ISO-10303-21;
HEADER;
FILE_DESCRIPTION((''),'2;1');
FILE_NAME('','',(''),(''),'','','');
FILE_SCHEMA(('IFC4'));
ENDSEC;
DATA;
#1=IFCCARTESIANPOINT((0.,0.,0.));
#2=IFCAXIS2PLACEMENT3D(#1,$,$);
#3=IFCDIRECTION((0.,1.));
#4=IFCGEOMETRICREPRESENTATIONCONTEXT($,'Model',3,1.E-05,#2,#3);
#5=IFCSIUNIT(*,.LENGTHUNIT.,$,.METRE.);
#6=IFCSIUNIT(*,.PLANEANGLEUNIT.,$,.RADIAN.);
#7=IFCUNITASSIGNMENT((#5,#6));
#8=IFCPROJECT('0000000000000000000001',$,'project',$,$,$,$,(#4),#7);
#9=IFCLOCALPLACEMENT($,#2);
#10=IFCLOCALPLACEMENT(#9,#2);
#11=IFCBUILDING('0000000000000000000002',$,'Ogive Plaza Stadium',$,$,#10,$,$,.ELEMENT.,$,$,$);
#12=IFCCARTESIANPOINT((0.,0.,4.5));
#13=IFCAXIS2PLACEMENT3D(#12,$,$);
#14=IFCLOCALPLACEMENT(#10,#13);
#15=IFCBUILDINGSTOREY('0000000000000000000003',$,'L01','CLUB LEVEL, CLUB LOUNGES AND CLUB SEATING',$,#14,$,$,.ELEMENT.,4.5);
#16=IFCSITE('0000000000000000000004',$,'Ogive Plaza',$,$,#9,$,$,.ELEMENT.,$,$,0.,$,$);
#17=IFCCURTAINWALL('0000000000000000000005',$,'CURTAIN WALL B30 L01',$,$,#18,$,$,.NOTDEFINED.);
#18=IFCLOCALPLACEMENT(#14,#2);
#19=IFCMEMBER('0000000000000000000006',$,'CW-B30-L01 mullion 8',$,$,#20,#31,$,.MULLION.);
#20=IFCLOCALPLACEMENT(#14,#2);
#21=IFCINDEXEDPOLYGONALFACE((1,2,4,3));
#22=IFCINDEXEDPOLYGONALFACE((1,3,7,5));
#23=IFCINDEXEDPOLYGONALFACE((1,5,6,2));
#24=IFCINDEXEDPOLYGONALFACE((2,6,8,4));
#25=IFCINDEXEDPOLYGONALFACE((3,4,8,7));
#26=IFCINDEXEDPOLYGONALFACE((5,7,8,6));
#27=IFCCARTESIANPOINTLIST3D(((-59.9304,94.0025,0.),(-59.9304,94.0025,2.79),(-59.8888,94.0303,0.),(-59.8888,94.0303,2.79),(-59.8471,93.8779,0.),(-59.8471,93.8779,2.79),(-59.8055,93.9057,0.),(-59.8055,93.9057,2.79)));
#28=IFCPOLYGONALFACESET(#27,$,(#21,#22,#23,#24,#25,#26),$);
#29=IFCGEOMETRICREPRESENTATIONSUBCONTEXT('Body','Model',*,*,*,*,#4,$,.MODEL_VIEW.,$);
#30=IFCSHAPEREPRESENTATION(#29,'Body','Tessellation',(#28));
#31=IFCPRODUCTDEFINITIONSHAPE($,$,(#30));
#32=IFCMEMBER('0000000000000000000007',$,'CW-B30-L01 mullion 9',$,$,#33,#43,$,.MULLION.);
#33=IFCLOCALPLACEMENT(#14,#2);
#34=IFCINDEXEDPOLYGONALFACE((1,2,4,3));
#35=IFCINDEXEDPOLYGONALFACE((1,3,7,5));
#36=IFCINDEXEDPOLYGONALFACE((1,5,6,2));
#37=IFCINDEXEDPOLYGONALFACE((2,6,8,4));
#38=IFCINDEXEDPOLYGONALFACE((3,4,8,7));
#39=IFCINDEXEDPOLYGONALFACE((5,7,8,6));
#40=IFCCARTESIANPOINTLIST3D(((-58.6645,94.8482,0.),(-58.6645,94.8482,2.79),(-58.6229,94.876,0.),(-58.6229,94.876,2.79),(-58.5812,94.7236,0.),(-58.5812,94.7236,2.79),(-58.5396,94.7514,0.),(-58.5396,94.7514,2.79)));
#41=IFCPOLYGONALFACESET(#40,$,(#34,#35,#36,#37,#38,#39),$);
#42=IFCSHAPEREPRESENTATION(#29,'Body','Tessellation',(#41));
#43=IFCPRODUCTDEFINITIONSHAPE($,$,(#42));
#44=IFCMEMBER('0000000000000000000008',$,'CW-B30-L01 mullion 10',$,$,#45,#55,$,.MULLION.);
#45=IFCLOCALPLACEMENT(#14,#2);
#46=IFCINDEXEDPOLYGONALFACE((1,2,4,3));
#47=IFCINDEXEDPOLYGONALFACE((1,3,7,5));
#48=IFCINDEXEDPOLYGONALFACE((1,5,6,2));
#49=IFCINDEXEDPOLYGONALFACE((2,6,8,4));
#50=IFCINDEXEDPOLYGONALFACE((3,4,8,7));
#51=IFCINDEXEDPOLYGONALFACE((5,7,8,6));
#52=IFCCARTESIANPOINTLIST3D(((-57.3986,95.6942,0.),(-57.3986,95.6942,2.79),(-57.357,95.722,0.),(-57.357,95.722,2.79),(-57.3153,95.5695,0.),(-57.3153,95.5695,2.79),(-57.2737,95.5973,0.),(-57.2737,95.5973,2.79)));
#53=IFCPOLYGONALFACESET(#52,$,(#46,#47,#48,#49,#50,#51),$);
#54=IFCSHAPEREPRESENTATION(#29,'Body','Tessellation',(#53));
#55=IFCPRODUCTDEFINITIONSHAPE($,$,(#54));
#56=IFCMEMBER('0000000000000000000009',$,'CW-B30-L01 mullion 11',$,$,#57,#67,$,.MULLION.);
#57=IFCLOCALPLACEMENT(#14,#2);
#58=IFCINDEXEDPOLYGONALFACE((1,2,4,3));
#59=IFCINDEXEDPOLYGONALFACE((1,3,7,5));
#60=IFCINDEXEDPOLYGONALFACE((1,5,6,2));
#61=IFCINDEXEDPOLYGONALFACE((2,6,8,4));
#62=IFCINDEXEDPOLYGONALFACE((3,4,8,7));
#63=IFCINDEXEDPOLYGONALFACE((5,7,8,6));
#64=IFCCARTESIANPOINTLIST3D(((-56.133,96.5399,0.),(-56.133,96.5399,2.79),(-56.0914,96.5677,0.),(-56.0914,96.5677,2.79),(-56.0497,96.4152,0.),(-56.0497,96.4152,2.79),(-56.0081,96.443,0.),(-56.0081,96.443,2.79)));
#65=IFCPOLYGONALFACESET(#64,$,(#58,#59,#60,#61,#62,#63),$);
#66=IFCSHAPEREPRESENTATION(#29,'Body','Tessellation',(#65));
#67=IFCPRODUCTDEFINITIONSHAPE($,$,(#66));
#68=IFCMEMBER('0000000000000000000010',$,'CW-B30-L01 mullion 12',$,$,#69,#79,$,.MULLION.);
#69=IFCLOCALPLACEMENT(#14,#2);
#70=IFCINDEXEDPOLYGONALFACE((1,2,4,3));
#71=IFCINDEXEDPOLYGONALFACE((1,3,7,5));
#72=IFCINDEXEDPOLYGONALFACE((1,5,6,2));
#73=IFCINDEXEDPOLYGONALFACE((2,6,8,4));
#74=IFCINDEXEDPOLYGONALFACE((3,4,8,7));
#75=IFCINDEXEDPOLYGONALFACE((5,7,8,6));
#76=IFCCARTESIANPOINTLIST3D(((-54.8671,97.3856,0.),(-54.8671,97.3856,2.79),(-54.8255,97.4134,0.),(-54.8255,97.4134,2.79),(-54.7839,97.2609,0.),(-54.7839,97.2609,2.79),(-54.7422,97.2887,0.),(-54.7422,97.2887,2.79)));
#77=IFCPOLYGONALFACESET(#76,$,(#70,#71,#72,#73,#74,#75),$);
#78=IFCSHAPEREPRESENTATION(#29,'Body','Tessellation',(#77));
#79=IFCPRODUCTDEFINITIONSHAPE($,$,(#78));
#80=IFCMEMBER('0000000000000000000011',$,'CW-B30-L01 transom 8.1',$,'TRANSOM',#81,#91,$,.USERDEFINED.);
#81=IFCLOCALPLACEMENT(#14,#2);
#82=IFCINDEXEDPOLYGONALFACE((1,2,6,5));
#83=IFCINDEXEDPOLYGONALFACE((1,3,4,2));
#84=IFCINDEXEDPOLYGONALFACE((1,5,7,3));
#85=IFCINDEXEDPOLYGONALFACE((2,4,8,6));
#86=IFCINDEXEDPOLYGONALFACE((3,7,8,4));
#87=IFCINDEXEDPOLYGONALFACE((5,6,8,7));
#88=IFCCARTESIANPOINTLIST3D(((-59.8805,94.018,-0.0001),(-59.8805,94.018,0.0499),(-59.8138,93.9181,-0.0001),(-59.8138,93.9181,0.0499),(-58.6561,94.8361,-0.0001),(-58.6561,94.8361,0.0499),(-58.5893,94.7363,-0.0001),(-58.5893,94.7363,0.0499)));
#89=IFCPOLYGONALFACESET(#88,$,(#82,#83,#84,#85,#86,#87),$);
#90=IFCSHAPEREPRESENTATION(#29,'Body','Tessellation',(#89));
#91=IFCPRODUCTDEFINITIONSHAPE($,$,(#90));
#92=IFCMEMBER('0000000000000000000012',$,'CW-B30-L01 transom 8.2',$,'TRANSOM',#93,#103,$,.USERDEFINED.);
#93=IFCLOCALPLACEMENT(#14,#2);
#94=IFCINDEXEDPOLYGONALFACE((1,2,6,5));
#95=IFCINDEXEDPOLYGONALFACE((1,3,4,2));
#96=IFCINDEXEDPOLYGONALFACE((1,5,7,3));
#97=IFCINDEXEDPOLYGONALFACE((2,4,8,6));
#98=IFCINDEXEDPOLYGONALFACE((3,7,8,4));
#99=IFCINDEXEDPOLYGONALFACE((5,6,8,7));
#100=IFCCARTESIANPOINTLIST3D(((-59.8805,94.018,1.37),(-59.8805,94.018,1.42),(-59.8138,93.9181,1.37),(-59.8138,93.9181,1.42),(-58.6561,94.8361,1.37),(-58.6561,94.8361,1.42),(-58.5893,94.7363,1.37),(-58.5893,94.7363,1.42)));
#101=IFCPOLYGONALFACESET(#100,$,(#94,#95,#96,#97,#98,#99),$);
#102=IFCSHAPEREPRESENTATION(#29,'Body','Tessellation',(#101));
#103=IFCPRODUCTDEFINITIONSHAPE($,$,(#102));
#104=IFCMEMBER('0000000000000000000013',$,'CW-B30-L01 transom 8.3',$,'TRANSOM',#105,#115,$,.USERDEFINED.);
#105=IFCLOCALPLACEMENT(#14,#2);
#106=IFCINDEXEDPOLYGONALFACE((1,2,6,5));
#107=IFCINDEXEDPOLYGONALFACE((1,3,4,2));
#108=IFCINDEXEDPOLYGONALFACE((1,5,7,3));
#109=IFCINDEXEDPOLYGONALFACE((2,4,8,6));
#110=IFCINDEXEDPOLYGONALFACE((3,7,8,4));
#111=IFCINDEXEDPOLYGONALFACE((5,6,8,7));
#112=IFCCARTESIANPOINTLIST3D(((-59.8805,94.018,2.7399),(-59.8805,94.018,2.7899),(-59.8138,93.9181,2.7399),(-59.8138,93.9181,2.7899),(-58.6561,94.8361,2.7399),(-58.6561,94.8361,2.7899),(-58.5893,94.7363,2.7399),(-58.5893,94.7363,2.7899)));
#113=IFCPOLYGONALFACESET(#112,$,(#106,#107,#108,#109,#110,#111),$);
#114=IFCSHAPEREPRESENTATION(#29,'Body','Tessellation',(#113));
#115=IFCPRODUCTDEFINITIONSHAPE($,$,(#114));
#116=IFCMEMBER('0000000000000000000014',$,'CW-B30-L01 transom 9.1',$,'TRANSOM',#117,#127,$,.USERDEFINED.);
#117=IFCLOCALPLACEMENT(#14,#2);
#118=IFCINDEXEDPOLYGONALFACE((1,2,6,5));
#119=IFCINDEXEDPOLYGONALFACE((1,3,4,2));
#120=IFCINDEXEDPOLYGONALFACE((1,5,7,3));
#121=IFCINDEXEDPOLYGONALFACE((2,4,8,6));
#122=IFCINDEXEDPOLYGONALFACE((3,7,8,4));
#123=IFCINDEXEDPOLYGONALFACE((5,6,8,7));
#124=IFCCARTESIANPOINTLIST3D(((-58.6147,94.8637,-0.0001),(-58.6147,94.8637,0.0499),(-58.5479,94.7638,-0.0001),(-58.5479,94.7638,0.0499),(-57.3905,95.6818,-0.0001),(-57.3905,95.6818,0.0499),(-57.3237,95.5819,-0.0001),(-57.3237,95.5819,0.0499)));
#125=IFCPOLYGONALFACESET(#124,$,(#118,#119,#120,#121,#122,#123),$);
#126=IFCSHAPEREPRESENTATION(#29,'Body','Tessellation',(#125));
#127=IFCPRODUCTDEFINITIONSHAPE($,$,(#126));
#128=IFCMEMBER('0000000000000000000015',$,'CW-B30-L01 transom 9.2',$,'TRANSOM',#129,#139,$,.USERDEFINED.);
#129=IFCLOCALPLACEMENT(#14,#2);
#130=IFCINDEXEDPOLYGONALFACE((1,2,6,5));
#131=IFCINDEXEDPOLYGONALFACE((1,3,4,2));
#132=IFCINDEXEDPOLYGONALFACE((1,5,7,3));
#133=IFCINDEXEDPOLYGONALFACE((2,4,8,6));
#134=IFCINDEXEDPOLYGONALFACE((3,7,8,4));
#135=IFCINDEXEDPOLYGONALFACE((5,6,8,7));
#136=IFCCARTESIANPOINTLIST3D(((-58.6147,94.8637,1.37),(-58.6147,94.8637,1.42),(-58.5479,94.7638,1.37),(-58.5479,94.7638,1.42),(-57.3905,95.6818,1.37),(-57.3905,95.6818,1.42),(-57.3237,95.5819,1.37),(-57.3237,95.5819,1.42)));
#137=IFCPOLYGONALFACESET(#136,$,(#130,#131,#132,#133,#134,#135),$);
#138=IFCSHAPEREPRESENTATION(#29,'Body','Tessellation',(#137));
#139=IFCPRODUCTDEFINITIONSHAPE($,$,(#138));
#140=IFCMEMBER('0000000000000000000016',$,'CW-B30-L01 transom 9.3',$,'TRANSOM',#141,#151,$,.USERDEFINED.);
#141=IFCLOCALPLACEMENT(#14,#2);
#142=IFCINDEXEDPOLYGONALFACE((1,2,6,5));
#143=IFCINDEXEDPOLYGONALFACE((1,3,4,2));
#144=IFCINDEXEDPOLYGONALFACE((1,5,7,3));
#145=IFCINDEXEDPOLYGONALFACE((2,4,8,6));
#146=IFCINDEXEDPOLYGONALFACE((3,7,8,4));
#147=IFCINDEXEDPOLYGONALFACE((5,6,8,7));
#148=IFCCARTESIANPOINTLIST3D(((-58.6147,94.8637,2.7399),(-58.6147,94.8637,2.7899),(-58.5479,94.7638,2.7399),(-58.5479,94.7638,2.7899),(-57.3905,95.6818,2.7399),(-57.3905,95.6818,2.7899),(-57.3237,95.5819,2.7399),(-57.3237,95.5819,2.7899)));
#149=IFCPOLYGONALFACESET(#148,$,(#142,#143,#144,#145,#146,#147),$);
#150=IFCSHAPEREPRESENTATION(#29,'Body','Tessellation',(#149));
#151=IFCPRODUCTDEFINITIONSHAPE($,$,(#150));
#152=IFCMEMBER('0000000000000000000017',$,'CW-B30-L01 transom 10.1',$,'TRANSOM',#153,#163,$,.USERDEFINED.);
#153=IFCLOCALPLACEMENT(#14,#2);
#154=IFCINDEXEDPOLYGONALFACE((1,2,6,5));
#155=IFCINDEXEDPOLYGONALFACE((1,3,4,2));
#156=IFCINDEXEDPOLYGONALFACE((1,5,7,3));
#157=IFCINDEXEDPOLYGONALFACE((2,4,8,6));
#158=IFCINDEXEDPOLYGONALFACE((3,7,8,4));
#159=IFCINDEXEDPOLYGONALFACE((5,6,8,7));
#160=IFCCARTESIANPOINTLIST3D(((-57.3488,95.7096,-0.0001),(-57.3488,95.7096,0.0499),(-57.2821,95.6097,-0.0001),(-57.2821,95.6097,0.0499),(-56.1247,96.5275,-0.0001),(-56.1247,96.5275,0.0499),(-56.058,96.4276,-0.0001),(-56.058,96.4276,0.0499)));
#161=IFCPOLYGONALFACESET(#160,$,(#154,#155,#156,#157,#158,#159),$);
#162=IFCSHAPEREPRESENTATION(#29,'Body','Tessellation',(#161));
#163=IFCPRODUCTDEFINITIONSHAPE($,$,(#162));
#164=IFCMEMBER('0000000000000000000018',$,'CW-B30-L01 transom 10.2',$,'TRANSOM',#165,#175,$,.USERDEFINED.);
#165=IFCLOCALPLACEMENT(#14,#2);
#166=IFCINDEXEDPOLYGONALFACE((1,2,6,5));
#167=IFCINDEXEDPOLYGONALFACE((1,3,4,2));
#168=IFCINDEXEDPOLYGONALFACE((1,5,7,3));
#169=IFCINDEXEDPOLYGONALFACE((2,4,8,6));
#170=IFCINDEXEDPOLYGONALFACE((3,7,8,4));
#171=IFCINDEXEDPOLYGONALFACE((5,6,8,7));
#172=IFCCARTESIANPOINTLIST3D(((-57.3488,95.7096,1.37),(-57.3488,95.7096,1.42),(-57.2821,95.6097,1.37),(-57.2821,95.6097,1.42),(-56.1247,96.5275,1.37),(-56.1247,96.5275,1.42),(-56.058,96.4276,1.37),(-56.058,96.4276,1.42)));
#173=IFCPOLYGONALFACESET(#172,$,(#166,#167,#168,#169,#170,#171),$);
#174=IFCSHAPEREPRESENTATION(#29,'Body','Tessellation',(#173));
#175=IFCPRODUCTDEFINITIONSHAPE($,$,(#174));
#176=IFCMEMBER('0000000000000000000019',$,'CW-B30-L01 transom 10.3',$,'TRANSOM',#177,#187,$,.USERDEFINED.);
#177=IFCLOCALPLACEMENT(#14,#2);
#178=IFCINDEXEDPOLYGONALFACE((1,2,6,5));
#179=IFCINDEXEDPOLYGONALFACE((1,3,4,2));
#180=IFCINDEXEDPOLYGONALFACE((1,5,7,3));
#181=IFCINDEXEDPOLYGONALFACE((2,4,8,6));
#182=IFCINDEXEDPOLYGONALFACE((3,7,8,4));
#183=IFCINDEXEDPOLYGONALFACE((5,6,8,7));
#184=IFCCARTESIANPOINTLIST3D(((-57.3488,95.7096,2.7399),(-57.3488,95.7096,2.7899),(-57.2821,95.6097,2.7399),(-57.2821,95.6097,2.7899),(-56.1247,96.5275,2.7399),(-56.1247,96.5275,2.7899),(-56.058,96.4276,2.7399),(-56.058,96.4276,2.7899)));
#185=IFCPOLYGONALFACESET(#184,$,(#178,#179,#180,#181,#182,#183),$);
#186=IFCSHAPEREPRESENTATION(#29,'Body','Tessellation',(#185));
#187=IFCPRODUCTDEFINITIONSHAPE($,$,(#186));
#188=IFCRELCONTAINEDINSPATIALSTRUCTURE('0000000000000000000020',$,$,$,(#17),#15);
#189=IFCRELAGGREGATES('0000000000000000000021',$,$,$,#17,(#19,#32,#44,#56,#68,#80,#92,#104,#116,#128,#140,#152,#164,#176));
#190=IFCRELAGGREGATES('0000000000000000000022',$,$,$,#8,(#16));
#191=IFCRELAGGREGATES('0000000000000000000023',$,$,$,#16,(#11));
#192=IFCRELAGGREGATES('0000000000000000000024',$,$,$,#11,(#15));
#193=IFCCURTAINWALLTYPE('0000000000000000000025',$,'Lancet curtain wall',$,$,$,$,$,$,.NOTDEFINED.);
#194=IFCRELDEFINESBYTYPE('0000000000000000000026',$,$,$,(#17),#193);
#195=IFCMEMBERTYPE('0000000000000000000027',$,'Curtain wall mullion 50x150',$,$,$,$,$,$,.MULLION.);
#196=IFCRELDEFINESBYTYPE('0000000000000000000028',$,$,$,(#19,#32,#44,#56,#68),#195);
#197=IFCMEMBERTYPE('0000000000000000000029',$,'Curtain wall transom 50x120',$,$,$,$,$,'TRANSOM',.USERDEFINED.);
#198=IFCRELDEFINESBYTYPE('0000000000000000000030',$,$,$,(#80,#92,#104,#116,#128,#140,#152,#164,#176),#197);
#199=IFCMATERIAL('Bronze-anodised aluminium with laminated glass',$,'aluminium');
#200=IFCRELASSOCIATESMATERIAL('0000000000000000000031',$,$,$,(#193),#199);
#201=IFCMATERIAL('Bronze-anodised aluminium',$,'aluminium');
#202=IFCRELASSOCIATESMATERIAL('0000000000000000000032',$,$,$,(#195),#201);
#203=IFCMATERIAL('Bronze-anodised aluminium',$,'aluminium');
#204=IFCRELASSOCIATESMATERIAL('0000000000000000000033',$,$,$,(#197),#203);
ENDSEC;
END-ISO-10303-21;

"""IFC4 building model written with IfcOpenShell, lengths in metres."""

from ifc_helpers import new_model, si_unit, direction, frame, origin, origin_2d, place, context, subcontext, project, spatial, rectangle, extrude, material, material_profile, profile_set, type_object, element, aggregate, save


model = new_model("IFC4")

# Units and contexts
model_context = context("Model", 3, precision=1e-05, world=origin(), true_north=direction((0.0, 1.0)))
body_context = subcontext(model_context, "Body", "Model", "MODEL_VIEW")
ifc_project = project(units=[si_unit("LENGTHUNIT", "METRE"), si_unit("PLANEANGLEUNIT", "RADIAN")], contexts=[model_context])

# Site, building, storey
site_placement = place(None, origin())
site = spatial("IfcSite", under=ifc_project, at=site_placement, Name="Ogive Plaza", CompositionType="ELEMENT", RefElevation=0.0)
building_placement = place(site_placement, origin())
building = spatial("IfcBuilding", under=site, at=building_placement, Name="Ogive Plaza Stadium", CompositionType="ELEMENT")
storey_placement = place(building_placement, frame((0.0, 0.0, 4.5)))
storey = spatial("IfcBuildingStorey", under=building, at=storey_placement, Name="L01", Description="CLUB LEVEL, CLUB LOUNGES AND CLUB SEATING", CompositionType="ELEMENT", Elevation=4.5)

# Curtain wall, members
ifc_material_1 = material(Name="Bronze-anodised aluminium with laminated glass", Category="aluminium")
curtain_wall_type = type_object("IfcCurtainWallType", Name="Lancet curtain wall", PredefinedType="NOTDEFINED", material=ifc_material_1)
curtain_wall_placement = place(storey_placement, origin())
curtain_wall = element("IfcCurtainWall", 1, at=curtain_wall_placement, inside=storey, type_object=curtain_wall_type, Name="CURTAIN WALL B30 L01", PredefinedType="NOTDEFINED")
ifc_material_2 = material(Name="Bronze-anodised aluminium", Category="aluminium")
ifc_material_profile_1 = material_profile(ifc_material_2, rectangle(XDim=0.1499, YDim=0.05, at=origin_2d()), Name="AL 150x50")
ifc_profile_set_1 = profile_set([ifc_material_profile_1], Name="Bronze-anodised aluminium")
member_type_1 = type_object("IfcMemberType", Name="Curtain wall mullion 50x150", PredefinedType="MULLION", material=ifc_profile_set_1)
member_1_placement = place(storey_placement, frame((-59.8679, 93.9541, 0.0), z_axis=(0.0, 0.0, 1.0), x_axis=(-0.55557, 0.83147, 0.0)))
member_1 = element("IfcMember", 2, at=member_1_placement, type_object=member_type_1, Name="CW-B30-L01 mullion 8", PredefinedType="MULLION", context=body_context, shape_type="SweptSolid", body=[
    extrude(rectangle(XDim=0.1499, YDim=0.05, at=origin_2d()), origin(), (0.0, 0.0, 1.0), 2.79),
])
member_2_placement = place(storey_placement, frame((-58.6021, 94.7998, 0.0), z_axis=(0.0, 0.0, 1.0), x_axis=(-0.55557, 0.83147, 0.0)))
member_2 = element("IfcMember", 3, at=member_2_placement, type_object=member_type_1, Name="CW-B30-L01 mullion 9", PredefinedType="MULLION", context=body_context, shape_type="SweptSolid", body=[
    extrude(rectangle(XDim=0.1499, YDim=0.05, at=origin_2d()), origin(), (0.0, 0.0, 1.0), 2.79),
])
member_3_placement = place(storey_placement, frame((-57.3362, 95.6458, 0.0), z_axis=(0.0, 0.0, 1.0), x_axis=(-0.55557, 0.83147, 0.0)))
member_3 = element("IfcMember", 4, at=member_3_placement, type_object=member_type_1, Name="CW-B30-L01 mullion 10", PredefinedType="MULLION", context=body_context, shape_type="SweptSolid", body=[
    extrude(rectangle(XDim=0.1499, YDim=0.05, at=origin_2d()), origin(), (0.0, 0.0, 1.0), 2.79),
])
member_4_placement = place(storey_placement, frame((-56.0706, 96.4915, 0.0), z_axis=(0.0, 0.0, 1.0), x_axis=(-0.55557, 0.83147, 0.0)))
member_4 = element("IfcMember", 5, at=member_4_placement, type_object=member_type_1, Name="CW-B30-L01 mullion 11", PredefinedType="MULLION", context=body_context, shape_type="SweptSolid", body=[
    extrude(rectangle(XDim=0.1499, YDim=0.05, at=origin_2d()), origin(), (0.0, 0.0, 1.0), 2.79),
])
member_5_placement = place(storey_placement, frame((-54.8047, 97.3372, 0.0), z_axis=(0.0, 0.0, 1.0), x_axis=(-0.55557, 0.83147, 0.0)))
member_5 = element("IfcMember", 6, at=member_5_placement, type_object=member_type_1, Name="CW-B30-L01 mullion 12", PredefinedType="MULLION", context=body_context, shape_type="SweptSolid", body=[
    extrude(rectangle(XDim=0.1499, YDim=0.05, at=origin_2d()), origin(), (0.0, 0.0, 1.0), 2.79),
])
ifc_material_3 = material(Name="Bronze-anodised aluminium", Category="aluminium")
ifc_material_profile_2 = material_profile(ifc_material_3, rectangle(XDim=0.1201, YDim=0.05, at=origin_2d()), Name="AL 120x50")
ifc_profile_set_2 = profile_set([ifc_material_profile_2], Name="Bronze-anodised aluminium")
member_type_2 = type_object("IfcMemberType", Name="Curtain wall transom 50x120", ElementType="TRANSOM", PredefinedType="USERDEFINED", material=ifc_profile_set_2)
member_6_placement = place(storey_placement, frame((-59.8472, 93.968, 0.0249), z_axis=(0.831463, 0.55558, 0.0), x_axis=(-0.55558, 0.831463, 0.0)))
member_6 = element("IfcMember", 7, at=member_6_placement, type_object=member_type_2, Name="CW-B30-L01 transom 8.1", ObjectType="TRANSOM", PredefinedType="USERDEFINED", context=body_context, shape_type="SweptSolid", body=[
    extrude(rectangle(XDim=0.1201, YDim=0.05, at=origin_2d()), origin(), (0.0, 0.0, 1.0), 1.4727),
])
member_7_placement = place(storey_placement, frame((-59.8472, 93.968, 1.395), z_axis=(0.831463, 0.55558, 0.0), x_axis=(-0.55558, 0.831463, 0.0)))
member_7 = element("IfcMember", 8, at=member_7_placement, type_object=member_type_2, Name="CW-B30-L01 transom 8.2", ObjectType="TRANSOM", PredefinedType="USERDEFINED", context=body_context, shape_type="SweptSolid", body=[
    extrude(rectangle(XDim=0.1201, YDim=0.05, at=origin_2d()), origin(), (0.0, 0.0, 1.0), 1.4727),
])
member_8_placement = place(storey_placement, frame((-59.8472, 93.968, 2.7649), z_axis=(0.831463, 0.55558, 0.0), x_axis=(-0.55558, 0.831463, 0.0)))
member_8 = element("IfcMember", 9, at=member_8_placement, type_object=member_type_2, Name="CW-B30-L01 transom 8.3", ObjectType="TRANSOM", PredefinedType="USERDEFINED", context=body_context, shape_type="SweptSolid", body=[
    extrude(rectangle(XDim=0.1201, YDim=0.05, at=origin_2d()), origin(), (0.0, 0.0, 1.0), 1.4727),
])
member_9_placement = place(storey_placement, frame((-58.5813, 94.8137, 0.0249), z_axis=(0.831412, 0.555656, 0.0), x_axis=(-0.555656, 0.831412, 0.0)))
member_9 = element("IfcMember", 10, at=member_9_placement, type_object=member_type_2, Name="CW-B30-L01 transom 9.1", ObjectType="TRANSOM", PredefinedType="USERDEFINED", context=body_context, shape_type="SweptSolid", body=[
    extrude(rectangle(XDim=0.1201, YDim=0.05, at=origin_2d()), origin(), (0.0, 0.0, 1.0), 1.4724),
])
member_10_placement = place(storey_placement, frame((-58.5813, 94.8137, 1.395), z_axis=(0.831412, 0.555656, 0.0), x_axis=(-0.555656, 0.831412, 0.0)))
member_10 = element("IfcMember", 11, at=member_10_placement, type_object=member_type_2, Name="CW-B30-L01 transom 9.2", ObjectType="TRANSOM", PredefinedType="USERDEFINED", context=body_context, shape_type="SweptSolid", body=[
    extrude(rectangle(XDim=0.1201, YDim=0.05, at=origin_2d()), origin(), (0.0, 0.0, 1.0), 1.4724),
])
member_11_placement = place(storey_placement, frame((-58.5813, 94.8137, 2.7649), z_axis=(0.831412, 0.555656, 0.0), x_axis=(-0.555656, 0.831412, 0.0)))
member_11 = element("IfcMember", 12, at=member_11_placement, type_object=member_type_2, Name="CW-B30-L01 transom 9.3", ObjectType="TRANSOM", PredefinedType="USERDEFINED", context=body_context, shape_type="SweptSolid", body=[
    extrude(rectangle(XDim=0.1201, YDim=0.05, at=origin_2d()), origin(), (0.0, 0.0, 1.0), 1.4724),
])
member_12_placement = place(storey_placement, frame((-57.3154, 95.6597, 0.0249), z_axis=(0.831489, 0.555542, 0.0), x_axis=(-0.555542, 0.831489, 0.0)))
member_12 = element("IfcMember", 13, at=member_12_placement, type_object=member_type_2, Name="CW-B30-L01 transom 10.1", ObjectType="TRANSOM", PredefinedType="USERDEFINED", context=body_context, shape_type="SweptSolid", body=[
    extrude(rectangle(XDim=0.1201, YDim=0.05, at=origin_2d()), origin(), (0.0, 0.0, 1.0), 1.4722),
])
member_13_placement = place(storey_placement, frame((-57.3154, 95.6597, 1.395), z_axis=(0.831489, 0.555542, 0.0), x_axis=(-0.555542, 0.831489, 0.0)))
member_13 = element("IfcMember", 14, at=member_13_placement, type_object=member_type_2, Name="CW-B30-L01 transom 10.2", ObjectType="TRANSOM", PredefinedType="USERDEFINED", context=body_context, shape_type="SweptSolid", body=[
    extrude(rectangle(XDim=0.1201, YDim=0.05, at=origin_2d()), origin(), (0.0, 0.0, 1.0), 1.4722),
])
member_14_placement = place(storey_placement, frame((-57.3154, 95.6597, 2.7649), z_axis=(0.831489, 0.555542, 0.0), x_axis=(-0.555542, 0.831489, 0.0)))
member_14 = element("IfcMember", 15, at=member_14_placement, type_object=member_type_2, Name="CW-B30-L01 transom 10.3", ObjectType="TRANSOM", PredefinedType="USERDEFINED", context=body_context, shape_type="SweptSolid", body=[
    extrude(rectangle(XDim=0.1201, YDim=0.05, at=origin_2d()), origin(), (0.0, 0.0, 1.0), 1.4722),
])
aggregate(curtain_wall, [member_1, member_2, member_3, member_4, member_5, member_6, member_7, member_8, member_9, member_10, member_11, member_12, member_13, member_14])

save(model, "model.ifc")
